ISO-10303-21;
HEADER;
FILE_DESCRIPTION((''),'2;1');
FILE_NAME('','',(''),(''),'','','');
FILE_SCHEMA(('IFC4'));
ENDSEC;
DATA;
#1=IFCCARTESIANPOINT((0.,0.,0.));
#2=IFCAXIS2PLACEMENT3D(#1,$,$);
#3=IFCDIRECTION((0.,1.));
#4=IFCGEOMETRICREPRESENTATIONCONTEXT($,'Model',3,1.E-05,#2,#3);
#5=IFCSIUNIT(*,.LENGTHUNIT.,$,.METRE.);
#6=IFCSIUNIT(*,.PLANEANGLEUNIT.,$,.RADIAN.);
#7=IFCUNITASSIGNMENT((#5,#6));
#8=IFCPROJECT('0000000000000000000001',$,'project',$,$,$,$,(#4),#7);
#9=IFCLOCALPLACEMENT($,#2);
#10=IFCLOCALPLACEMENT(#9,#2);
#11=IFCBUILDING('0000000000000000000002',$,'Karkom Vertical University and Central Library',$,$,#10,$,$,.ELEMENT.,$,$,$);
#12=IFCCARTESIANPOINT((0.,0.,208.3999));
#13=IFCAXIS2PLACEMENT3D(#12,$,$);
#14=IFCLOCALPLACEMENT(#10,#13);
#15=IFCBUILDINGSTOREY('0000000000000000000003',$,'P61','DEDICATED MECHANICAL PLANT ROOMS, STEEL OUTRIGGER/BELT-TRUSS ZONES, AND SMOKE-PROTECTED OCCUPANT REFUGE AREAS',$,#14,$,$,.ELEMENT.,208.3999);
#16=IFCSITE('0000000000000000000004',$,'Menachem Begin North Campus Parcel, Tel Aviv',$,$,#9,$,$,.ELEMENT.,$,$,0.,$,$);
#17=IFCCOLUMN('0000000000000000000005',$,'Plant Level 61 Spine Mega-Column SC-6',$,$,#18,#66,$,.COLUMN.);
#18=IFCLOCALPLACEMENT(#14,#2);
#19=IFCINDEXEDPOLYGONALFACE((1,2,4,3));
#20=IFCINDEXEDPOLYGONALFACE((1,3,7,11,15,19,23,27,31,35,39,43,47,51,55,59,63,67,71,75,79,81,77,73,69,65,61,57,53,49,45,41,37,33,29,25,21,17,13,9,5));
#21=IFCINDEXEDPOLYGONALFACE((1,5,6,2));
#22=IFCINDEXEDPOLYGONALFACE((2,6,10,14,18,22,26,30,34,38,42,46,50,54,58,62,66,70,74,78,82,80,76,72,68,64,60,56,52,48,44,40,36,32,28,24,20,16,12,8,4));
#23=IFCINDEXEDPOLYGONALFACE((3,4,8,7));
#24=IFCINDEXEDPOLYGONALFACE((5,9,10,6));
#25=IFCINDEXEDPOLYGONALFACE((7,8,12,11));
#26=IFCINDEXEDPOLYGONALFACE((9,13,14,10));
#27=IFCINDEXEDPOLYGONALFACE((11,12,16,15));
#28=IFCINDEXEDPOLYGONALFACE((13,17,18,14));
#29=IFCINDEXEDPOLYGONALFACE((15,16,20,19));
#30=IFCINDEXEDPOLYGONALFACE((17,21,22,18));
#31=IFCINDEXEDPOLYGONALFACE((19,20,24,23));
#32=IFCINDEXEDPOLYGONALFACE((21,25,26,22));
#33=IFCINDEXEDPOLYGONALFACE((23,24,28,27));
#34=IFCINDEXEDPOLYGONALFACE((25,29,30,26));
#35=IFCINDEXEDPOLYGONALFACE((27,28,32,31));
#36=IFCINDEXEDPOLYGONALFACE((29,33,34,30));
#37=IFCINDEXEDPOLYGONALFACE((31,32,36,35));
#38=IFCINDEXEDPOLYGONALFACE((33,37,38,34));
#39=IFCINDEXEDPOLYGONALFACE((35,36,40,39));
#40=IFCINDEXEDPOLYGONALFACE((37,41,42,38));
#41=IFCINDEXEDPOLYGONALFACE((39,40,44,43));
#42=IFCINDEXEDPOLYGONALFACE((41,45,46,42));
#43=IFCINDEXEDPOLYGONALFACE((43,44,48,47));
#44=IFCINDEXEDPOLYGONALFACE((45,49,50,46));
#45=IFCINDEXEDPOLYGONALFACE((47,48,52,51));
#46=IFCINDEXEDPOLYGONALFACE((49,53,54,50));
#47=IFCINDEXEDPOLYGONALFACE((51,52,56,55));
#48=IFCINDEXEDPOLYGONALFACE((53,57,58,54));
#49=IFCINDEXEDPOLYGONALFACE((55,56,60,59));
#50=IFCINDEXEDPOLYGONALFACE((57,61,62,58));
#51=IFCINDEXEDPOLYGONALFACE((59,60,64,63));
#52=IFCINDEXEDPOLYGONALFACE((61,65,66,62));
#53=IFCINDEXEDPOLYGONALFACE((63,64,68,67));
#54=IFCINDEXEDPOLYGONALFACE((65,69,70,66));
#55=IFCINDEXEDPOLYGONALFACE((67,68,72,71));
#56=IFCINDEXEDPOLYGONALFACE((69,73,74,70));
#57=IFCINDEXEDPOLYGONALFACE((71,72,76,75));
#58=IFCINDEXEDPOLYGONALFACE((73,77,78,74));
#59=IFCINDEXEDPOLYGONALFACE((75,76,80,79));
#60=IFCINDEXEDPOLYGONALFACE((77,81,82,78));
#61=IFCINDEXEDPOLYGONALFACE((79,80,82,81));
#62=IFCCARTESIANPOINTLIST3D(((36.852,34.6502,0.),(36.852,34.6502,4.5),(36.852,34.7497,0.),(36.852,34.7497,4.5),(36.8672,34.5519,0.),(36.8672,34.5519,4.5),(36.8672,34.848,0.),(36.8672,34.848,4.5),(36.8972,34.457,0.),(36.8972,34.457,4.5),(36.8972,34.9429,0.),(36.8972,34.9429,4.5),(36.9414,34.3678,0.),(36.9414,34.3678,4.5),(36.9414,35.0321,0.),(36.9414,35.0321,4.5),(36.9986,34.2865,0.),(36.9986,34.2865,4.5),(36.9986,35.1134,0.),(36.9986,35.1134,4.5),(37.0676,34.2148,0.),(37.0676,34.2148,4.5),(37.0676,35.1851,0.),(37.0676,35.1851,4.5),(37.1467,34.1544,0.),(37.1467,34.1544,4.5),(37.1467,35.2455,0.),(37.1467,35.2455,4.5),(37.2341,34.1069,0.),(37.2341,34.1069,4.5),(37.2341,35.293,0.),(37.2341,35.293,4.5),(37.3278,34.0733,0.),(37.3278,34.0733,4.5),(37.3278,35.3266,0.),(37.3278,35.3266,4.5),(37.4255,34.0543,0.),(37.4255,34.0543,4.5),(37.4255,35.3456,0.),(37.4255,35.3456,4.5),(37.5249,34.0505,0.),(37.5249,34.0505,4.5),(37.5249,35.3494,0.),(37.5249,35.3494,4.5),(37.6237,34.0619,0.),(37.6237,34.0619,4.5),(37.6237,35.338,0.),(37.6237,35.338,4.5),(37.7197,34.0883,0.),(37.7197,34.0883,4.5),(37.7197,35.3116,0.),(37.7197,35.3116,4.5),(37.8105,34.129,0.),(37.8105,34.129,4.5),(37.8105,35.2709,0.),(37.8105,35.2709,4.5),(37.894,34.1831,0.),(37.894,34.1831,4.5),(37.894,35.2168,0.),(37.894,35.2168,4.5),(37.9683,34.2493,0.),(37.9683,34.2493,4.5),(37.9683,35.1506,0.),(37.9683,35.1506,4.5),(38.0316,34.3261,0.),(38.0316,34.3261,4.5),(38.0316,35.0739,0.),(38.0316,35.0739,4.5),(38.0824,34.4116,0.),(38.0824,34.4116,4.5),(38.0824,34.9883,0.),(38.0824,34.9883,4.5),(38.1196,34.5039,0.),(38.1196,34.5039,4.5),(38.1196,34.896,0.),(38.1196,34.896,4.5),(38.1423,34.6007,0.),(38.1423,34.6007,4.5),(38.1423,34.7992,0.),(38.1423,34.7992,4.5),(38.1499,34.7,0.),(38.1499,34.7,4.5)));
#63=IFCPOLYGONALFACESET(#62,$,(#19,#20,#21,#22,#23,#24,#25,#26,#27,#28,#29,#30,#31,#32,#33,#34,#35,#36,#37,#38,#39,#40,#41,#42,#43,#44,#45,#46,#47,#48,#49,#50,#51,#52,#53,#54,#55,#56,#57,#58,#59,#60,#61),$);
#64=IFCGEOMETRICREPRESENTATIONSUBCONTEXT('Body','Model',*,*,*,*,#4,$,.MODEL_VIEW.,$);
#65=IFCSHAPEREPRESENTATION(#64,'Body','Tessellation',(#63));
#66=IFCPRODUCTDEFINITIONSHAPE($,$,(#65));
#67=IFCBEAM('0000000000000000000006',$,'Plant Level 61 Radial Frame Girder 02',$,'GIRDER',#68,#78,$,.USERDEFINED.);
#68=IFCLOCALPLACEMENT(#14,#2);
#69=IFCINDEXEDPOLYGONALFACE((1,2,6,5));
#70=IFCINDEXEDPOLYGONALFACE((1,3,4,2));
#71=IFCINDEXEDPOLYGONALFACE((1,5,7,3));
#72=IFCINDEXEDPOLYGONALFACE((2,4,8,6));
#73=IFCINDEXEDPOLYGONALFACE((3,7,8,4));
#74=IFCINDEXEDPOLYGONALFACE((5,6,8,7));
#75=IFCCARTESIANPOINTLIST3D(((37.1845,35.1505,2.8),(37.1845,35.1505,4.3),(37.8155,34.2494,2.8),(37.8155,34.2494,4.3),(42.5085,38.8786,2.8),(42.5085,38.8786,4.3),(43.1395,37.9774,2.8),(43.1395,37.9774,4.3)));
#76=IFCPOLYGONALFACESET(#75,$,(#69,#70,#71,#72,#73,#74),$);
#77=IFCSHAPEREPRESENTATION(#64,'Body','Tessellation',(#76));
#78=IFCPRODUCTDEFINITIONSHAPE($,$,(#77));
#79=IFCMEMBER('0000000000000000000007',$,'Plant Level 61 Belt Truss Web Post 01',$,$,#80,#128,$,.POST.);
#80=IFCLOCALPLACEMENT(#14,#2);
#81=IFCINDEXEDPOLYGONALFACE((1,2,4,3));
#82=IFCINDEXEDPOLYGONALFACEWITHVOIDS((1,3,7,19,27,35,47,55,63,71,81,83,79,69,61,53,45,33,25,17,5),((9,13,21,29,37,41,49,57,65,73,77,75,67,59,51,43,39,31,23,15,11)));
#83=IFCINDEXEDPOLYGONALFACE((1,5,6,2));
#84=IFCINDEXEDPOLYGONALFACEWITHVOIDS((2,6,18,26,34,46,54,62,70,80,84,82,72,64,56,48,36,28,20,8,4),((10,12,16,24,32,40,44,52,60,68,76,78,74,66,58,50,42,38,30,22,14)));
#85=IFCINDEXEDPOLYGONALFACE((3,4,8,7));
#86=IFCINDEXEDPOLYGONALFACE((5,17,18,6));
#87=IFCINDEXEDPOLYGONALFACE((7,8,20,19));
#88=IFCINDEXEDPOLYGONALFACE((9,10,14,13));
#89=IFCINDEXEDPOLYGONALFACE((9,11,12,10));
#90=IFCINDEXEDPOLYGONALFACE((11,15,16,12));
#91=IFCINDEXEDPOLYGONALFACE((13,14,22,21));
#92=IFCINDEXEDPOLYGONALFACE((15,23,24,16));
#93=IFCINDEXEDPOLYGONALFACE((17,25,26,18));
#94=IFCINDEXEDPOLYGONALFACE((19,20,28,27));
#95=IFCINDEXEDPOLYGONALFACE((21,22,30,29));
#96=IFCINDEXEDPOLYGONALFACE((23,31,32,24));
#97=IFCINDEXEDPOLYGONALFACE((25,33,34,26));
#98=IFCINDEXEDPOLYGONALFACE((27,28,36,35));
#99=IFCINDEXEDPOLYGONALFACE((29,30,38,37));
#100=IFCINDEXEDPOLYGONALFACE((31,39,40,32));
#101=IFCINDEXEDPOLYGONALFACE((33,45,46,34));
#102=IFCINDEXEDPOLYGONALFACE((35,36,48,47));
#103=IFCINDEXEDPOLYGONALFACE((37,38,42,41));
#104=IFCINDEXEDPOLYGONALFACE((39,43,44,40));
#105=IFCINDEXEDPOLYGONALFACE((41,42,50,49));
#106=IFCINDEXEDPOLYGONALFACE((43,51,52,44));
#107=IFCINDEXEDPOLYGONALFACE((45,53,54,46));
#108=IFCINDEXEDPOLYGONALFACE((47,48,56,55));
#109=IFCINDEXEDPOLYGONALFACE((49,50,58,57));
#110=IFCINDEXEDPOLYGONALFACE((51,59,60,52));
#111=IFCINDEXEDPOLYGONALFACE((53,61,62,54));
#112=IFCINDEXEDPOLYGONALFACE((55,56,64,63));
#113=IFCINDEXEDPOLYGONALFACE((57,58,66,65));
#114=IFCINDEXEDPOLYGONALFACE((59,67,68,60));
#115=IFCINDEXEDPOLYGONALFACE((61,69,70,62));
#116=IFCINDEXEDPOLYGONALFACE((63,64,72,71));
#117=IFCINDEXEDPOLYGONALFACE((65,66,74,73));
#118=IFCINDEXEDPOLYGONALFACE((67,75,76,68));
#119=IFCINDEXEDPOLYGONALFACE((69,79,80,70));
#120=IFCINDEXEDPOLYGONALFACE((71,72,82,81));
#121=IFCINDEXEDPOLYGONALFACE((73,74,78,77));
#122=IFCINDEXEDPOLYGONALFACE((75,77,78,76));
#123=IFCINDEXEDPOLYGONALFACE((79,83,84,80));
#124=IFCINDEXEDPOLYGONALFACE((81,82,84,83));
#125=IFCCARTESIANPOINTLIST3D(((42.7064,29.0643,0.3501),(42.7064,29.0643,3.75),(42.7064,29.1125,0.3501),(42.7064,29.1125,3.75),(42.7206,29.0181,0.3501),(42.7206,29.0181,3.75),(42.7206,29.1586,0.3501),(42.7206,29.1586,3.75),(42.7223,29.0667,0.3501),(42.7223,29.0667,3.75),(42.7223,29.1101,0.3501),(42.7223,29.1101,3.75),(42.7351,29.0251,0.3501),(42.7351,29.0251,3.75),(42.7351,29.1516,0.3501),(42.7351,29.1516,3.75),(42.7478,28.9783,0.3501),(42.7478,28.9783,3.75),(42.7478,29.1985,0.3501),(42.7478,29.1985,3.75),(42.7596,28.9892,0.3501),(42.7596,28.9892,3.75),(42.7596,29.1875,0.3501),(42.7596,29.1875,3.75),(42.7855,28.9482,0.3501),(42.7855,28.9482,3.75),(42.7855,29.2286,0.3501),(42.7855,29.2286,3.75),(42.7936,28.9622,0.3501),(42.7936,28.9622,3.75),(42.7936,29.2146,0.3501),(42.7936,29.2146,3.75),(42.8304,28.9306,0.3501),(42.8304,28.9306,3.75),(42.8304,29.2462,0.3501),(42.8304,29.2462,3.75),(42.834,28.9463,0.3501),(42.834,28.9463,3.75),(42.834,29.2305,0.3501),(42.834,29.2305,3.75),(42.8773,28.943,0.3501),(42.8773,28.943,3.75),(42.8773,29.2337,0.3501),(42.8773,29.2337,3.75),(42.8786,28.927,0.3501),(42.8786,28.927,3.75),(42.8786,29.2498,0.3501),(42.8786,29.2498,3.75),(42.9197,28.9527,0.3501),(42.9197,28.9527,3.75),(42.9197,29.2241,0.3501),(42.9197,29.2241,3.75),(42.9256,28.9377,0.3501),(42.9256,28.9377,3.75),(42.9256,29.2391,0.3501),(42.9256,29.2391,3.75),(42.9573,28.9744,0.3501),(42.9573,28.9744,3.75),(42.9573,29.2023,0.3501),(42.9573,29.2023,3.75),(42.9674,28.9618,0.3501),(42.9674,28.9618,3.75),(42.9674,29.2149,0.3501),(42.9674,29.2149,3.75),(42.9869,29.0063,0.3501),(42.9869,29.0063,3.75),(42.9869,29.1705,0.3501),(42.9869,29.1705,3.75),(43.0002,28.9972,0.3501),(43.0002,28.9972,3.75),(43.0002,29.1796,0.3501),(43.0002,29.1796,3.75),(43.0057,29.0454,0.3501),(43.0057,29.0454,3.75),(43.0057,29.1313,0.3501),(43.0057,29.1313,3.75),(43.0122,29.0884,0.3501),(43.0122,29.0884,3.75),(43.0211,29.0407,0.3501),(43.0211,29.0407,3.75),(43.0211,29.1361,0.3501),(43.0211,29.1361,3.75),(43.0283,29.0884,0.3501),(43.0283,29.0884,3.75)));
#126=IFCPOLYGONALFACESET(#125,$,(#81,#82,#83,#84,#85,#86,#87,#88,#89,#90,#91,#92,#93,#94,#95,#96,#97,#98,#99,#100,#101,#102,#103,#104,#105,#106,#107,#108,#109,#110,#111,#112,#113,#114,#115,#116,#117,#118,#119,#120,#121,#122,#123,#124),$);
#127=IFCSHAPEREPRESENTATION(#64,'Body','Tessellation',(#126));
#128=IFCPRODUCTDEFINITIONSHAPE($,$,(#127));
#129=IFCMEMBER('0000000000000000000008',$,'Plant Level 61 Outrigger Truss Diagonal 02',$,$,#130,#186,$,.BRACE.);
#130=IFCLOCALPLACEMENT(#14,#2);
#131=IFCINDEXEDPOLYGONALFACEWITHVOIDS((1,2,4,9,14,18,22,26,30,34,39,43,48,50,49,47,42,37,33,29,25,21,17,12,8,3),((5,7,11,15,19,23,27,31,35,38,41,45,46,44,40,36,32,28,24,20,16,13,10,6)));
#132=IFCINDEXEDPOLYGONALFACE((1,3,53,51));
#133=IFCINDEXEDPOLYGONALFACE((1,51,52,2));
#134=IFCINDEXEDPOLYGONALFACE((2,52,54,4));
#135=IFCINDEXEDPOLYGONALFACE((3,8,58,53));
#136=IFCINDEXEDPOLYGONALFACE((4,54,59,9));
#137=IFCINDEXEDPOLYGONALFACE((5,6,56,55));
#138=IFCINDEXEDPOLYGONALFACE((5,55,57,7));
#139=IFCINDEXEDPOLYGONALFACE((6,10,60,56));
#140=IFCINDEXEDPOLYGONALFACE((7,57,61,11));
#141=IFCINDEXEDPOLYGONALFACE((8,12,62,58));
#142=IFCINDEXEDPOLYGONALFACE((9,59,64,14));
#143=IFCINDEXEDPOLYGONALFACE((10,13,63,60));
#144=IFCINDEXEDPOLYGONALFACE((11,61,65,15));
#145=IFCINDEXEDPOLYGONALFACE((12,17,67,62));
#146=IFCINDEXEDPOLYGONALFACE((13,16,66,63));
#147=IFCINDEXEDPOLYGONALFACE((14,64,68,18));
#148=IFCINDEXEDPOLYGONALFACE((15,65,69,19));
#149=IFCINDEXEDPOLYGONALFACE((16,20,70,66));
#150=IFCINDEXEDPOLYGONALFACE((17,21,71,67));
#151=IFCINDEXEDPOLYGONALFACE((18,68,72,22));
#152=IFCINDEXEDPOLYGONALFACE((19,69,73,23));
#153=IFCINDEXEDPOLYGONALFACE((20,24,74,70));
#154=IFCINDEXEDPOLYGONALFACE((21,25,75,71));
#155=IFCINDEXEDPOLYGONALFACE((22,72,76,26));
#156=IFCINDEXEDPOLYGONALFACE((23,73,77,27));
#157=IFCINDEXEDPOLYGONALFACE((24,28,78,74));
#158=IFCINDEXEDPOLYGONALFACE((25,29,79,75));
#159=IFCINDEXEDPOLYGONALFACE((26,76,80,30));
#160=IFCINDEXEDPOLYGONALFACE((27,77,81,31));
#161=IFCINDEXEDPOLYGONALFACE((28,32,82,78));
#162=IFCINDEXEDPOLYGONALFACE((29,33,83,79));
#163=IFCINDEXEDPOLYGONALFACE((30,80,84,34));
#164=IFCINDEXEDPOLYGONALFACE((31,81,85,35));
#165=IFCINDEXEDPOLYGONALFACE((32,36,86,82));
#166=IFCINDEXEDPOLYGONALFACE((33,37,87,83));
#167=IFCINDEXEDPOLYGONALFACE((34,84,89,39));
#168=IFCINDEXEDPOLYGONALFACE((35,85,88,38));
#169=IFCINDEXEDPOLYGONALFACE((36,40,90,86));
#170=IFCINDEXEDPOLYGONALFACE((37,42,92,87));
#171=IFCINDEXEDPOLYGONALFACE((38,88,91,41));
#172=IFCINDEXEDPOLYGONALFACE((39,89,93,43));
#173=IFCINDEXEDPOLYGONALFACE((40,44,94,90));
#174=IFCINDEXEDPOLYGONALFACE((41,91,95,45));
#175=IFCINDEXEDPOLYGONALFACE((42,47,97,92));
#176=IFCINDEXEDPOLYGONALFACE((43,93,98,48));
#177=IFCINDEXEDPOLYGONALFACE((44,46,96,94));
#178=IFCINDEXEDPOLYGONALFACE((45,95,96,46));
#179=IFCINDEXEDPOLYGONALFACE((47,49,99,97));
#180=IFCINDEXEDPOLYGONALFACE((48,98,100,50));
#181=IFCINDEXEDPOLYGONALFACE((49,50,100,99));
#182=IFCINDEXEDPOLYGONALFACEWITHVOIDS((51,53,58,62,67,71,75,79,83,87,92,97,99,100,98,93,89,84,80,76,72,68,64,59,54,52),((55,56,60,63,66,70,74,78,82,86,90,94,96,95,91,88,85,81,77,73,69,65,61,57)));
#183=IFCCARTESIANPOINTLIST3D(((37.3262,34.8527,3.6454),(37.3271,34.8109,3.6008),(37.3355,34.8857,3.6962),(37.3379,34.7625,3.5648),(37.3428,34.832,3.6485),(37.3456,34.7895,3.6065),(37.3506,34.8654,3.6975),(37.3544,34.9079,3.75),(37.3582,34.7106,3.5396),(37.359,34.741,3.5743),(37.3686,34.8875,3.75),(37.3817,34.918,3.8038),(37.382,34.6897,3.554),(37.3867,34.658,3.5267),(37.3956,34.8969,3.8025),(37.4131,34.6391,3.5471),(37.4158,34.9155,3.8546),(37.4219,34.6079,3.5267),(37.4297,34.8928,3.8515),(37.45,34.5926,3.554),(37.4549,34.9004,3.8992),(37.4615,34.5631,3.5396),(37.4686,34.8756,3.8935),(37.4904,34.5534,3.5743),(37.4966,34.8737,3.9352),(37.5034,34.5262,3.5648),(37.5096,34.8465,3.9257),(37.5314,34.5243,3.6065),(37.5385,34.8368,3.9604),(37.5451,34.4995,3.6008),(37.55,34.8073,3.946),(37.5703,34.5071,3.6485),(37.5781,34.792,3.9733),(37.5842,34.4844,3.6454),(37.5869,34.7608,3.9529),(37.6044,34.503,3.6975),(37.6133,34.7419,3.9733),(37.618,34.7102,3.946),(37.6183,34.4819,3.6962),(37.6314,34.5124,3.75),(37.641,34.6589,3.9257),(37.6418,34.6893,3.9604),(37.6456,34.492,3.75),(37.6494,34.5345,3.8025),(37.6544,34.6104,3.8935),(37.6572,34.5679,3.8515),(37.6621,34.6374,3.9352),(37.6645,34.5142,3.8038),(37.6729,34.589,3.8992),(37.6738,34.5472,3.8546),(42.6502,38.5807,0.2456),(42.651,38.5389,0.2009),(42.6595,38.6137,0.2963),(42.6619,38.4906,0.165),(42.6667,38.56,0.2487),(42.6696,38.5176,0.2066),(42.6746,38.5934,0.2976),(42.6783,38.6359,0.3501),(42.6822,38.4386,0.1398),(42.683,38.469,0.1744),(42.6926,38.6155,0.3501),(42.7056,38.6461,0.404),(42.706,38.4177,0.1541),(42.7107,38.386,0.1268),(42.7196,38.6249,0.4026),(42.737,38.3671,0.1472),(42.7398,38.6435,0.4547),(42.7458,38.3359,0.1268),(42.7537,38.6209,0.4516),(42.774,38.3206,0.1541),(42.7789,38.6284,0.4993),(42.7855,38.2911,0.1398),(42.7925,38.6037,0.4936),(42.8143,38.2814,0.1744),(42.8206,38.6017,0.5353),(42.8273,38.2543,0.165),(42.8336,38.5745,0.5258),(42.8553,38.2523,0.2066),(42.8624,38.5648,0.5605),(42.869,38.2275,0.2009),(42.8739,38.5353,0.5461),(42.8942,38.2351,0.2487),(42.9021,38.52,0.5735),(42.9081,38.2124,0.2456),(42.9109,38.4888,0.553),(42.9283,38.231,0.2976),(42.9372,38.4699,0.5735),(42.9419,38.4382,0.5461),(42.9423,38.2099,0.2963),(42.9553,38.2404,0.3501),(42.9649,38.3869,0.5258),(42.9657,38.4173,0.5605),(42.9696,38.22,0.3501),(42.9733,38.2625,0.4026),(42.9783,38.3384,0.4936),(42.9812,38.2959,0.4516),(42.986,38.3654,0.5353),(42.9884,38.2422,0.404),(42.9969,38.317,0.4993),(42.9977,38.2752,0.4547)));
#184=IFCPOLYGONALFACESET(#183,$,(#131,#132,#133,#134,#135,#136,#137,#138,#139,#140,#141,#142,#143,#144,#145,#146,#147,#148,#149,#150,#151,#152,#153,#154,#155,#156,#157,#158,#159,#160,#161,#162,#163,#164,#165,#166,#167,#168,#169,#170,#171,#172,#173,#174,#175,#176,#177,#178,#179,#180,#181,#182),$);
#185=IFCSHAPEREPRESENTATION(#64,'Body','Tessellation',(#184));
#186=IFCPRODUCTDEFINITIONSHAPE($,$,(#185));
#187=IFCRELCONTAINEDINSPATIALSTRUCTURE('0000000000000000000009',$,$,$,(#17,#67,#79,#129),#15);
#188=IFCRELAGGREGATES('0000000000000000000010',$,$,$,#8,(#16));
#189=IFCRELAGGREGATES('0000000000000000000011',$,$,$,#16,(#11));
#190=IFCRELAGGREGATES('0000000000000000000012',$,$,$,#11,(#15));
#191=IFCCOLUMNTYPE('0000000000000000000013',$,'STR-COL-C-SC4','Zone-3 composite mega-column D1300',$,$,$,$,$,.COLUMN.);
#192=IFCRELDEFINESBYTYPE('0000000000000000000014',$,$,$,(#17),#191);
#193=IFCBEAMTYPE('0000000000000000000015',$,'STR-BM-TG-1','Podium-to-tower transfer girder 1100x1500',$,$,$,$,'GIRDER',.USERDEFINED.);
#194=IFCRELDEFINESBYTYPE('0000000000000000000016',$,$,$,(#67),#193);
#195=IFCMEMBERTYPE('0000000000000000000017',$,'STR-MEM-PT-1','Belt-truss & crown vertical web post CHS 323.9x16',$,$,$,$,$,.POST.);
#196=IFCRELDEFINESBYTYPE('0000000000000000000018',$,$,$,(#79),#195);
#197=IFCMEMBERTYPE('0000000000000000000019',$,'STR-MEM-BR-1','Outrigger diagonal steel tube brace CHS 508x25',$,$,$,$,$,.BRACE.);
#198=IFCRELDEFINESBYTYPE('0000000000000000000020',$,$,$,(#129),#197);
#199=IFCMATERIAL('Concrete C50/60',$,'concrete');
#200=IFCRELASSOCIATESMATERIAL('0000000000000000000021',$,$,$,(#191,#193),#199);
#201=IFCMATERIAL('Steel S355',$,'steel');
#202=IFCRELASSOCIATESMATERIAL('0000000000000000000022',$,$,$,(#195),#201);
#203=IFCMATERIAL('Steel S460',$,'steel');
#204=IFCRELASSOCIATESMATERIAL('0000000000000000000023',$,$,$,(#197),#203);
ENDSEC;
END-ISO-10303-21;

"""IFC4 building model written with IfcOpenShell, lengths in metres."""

from ifc_helpers import new_model, si_unit, direction, frame, origin, origin_with_axes, origin_2d, place, context, subcontext, project, spatial, rectangle, circle, hollow_circle, extrude, source, transform, mapped, material, material_profile, profile_set, type_object, element, save


model = new_model("IFC4")

# Units and contexts
model_context = context("Model", 3, precision=1e-05, world=origin(), true_north=direction((0.0, 1.0)))
body_context = subcontext(model_context, "Body", "Model", "MODEL_VIEW")
ifc_project = project(units=[si_unit("LENGTHUNIT", "METRE"), si_unit("PLANEANGLEUNIT", "RADIAN")], contexts=[model_context])

# Site, building, storey
site_placement = place(None, origin())
site = spatial("IfcSite", under=ifc_project, at=site_placement, Name="Menachem Begin North Campus Parcel, Tel Aviv", CompositionType="ELEMENT", RefElevation=0.0)
building_placement = place(site_placement, origin())
building = spatial("IfcBuilding", under=site, at=building_placement, Name="Karkom Vertical University and Central Library", CompositionType="ELEMENT")
storey_placement = place(building_placement, frame((0.0, 0.0, 208.3999)))
storey = spatial("IfcBuildingStorey", under=building, at=storey_placement, Name="P61", Description="DEDICATED MECHANICAL PLANT ROOMS, STEEL OUTRIGGER/BELT-TRUSS ZONES, AND SMOKE-PROTECTED OCCUPANT REFUGE AREAS", CompositionType="ELEMENT", Elevation=208.3999)

# Column
ifc_material_1 = material(Name="Concrete C50/60", Category="concrete")
ifc_material_profile_1 = material_profile(ifc_material_1, circle(Radius=0.6499, at=origin_2d()), Name="CFT-D1300")
ifc_profile_set_1 = profile_set([ifc_material_profile_1], Name="Concrete C50/60")
column_type = type_object("IfcColumnType", Name="STR-COL-C-SC4", Description="Zone-3 composite mega-column D1300", PredefinedType="COLUMN", material=ifc_profile_set_1)
shared_shape_1 = source(origin_with_axes(), body_context, "Body", "SweptSolid", [
    extrude(circle(Radius=0.6499, at=origin_2d()), origin(), (0.0, 0.0, 1.0), 4.5),
])
column_placement = place(storey_placement, frame((37.5, 34.7, 0.0), z_axis=(0.0, 0.0, 1.0), x_axis=(1.0, 0.0, 0.0)))
element("IfcColumn", 1, at=column_placement, inside=storey, type_object=column_type, Name="Plant Level 61 Spine Mega-Column SC-6", PredefinedType="COLUMN", context=body_context, shape_type="MappedRepresentation", body=[
    mapped(shared_shape_1, transform((0.0, 0.0, 0.0), scale=1.0)),
])

# Beam
ifc_material_profile_2 = material_profile(ifc_material_1, rectangle(XDim=1.1001, YDim=1.5, at=origin_2d()), Name="TG-1100x1500")
ifc_profile_set_2 = profile_set([ifc_material_profile_2], Name="Concrete C50/60")
beam_type = type_object("IfcBeamType", Name="STR-BM-TG-1", Description="Podium-to-tower transfer girder 1100x1500", ElementType="GIRDER", PredefinedType="USERDEFINED", material=ifc_profile_set_2)
shared_shape_2 = source(origin_with_axes(), body_context, "Body", "SweptSolid", [
    extrude(rectangle(XDim=1.1001, YDim=1.5, at=origin_2d()), origin(), (0.0, 0.0, 1.0), 6.4995),
])
beam_placement = place(storey_placement, frame((37.5, 34.7, 3.55), z_axis=(0.819142, 0.573591, 0.0), x_axis=(-0.573591, 0.819142, 0.0)))
element("IfcBeam", 2, at=beam_placement, inside=storey, type_object=beam_type, Name="Plant Level 61 Radial Frame Girder 02", ObjectType="GIRDER", PredefinedType="USERDEFINED", context=body_context, shape_type="MappedRepresentation", body=[
    mapped(shared_shape_2, transform((0.0, 0.0, 0.0), scale=1.0)),
])

# Members
ifc_material_2 = material(Name="Steel S355", Category="steel")
ifc_material_profile_3 = material_profile(ifc_material_2, hollow_circle(Radius=0.1619, WallThickness=0.0161, at=origin_2d()), Name="CHS 323.9x16")
ifc_profile_set_3 = profile_set([ifc_material_profile_3], Name="Steel S355")
member_type_1 = type_object("IfcMemberType", Name="STR-MEM-PT-1", Description="Belt-truss & crown vertical web post CHS 323.9x16", PredefinedType="POST", material=ifc_profile_set_3)
shared_shape_3 = source(origin_with_axes(), body_context, "Body", "SweptSolid", [
    extrude(hollow_circle(Radius=0.1619, WallThickness=0.0161, at=origin_2d()), origin(), (0.0, 0.0, 1.0), 3.3999),
])
member_1_placement = place(storey_placement, frame((42.8665, 29.0884, 0.3501), z_axis=(0.0, 0.0, 1.0), x_axis=(1.0, 0.0, 0.0)))
element("IfcMember", 3, at=member_1_placement, inside=storey, type_object=member_type_1, Name="Plant Level 61 Belt Truss Web Post 01", PredefinedType="POST", context=body_context, shape_type="MappedRepresentation", body=[
    mapped(shared_shape_3, transform((0.0, 0.0, 0.0), scale=1.0)),
])
ifc_material_3 = material(Name="Steel S460", Category="steel")
ifc_material_profile_4 = material_profile(ifc_material_3, hollow_circle(Radius=0.2539, WallThickness=0.0249, at=origin_2d()), Name="CHS 508x25")
ifc_profile_set_4 = profile_set([ifc_material_profile_4], Name="Steel S460")
member_type_2 = type_object("IfcMemberType", Name="STR-MEM-BR-1", Description="Outrigger diagonal steel tube brace CHS 508x25", PredefinedType="BRACE", material=ifc_profile_set_4)
shared_shape_4 = source(origin_with_axes(), body_context, "Body", "SweptSolid", [
    extrude(hollow_circle(Radius=0.2539, WallThickness=0.0249, at=origin_2d()), origin(), (0.0, 0.0, 1.0), 7.335),
])
member_2_placement = place(storey_placement, frame((37.5, 34.7, 3.75), z_axis=(0.725832, 0.508252, -0.463518), x_axis=(-0.573591, 0.819142, 0.0)))
element("IfcMember", 4, at=member_2_placement, inside=storey, type_object=member_type_2, Name="Plant Level 61 Outrigger Truss Diagonal 02", PredefinedType="BRACE", context=body_context, shape_type="MappedRepresentation", body=[
    mapped(shared_shape_4, transform((0.0, 0.0, 0.0), scale=1.0)),
])

save(model, "model.ifc")
